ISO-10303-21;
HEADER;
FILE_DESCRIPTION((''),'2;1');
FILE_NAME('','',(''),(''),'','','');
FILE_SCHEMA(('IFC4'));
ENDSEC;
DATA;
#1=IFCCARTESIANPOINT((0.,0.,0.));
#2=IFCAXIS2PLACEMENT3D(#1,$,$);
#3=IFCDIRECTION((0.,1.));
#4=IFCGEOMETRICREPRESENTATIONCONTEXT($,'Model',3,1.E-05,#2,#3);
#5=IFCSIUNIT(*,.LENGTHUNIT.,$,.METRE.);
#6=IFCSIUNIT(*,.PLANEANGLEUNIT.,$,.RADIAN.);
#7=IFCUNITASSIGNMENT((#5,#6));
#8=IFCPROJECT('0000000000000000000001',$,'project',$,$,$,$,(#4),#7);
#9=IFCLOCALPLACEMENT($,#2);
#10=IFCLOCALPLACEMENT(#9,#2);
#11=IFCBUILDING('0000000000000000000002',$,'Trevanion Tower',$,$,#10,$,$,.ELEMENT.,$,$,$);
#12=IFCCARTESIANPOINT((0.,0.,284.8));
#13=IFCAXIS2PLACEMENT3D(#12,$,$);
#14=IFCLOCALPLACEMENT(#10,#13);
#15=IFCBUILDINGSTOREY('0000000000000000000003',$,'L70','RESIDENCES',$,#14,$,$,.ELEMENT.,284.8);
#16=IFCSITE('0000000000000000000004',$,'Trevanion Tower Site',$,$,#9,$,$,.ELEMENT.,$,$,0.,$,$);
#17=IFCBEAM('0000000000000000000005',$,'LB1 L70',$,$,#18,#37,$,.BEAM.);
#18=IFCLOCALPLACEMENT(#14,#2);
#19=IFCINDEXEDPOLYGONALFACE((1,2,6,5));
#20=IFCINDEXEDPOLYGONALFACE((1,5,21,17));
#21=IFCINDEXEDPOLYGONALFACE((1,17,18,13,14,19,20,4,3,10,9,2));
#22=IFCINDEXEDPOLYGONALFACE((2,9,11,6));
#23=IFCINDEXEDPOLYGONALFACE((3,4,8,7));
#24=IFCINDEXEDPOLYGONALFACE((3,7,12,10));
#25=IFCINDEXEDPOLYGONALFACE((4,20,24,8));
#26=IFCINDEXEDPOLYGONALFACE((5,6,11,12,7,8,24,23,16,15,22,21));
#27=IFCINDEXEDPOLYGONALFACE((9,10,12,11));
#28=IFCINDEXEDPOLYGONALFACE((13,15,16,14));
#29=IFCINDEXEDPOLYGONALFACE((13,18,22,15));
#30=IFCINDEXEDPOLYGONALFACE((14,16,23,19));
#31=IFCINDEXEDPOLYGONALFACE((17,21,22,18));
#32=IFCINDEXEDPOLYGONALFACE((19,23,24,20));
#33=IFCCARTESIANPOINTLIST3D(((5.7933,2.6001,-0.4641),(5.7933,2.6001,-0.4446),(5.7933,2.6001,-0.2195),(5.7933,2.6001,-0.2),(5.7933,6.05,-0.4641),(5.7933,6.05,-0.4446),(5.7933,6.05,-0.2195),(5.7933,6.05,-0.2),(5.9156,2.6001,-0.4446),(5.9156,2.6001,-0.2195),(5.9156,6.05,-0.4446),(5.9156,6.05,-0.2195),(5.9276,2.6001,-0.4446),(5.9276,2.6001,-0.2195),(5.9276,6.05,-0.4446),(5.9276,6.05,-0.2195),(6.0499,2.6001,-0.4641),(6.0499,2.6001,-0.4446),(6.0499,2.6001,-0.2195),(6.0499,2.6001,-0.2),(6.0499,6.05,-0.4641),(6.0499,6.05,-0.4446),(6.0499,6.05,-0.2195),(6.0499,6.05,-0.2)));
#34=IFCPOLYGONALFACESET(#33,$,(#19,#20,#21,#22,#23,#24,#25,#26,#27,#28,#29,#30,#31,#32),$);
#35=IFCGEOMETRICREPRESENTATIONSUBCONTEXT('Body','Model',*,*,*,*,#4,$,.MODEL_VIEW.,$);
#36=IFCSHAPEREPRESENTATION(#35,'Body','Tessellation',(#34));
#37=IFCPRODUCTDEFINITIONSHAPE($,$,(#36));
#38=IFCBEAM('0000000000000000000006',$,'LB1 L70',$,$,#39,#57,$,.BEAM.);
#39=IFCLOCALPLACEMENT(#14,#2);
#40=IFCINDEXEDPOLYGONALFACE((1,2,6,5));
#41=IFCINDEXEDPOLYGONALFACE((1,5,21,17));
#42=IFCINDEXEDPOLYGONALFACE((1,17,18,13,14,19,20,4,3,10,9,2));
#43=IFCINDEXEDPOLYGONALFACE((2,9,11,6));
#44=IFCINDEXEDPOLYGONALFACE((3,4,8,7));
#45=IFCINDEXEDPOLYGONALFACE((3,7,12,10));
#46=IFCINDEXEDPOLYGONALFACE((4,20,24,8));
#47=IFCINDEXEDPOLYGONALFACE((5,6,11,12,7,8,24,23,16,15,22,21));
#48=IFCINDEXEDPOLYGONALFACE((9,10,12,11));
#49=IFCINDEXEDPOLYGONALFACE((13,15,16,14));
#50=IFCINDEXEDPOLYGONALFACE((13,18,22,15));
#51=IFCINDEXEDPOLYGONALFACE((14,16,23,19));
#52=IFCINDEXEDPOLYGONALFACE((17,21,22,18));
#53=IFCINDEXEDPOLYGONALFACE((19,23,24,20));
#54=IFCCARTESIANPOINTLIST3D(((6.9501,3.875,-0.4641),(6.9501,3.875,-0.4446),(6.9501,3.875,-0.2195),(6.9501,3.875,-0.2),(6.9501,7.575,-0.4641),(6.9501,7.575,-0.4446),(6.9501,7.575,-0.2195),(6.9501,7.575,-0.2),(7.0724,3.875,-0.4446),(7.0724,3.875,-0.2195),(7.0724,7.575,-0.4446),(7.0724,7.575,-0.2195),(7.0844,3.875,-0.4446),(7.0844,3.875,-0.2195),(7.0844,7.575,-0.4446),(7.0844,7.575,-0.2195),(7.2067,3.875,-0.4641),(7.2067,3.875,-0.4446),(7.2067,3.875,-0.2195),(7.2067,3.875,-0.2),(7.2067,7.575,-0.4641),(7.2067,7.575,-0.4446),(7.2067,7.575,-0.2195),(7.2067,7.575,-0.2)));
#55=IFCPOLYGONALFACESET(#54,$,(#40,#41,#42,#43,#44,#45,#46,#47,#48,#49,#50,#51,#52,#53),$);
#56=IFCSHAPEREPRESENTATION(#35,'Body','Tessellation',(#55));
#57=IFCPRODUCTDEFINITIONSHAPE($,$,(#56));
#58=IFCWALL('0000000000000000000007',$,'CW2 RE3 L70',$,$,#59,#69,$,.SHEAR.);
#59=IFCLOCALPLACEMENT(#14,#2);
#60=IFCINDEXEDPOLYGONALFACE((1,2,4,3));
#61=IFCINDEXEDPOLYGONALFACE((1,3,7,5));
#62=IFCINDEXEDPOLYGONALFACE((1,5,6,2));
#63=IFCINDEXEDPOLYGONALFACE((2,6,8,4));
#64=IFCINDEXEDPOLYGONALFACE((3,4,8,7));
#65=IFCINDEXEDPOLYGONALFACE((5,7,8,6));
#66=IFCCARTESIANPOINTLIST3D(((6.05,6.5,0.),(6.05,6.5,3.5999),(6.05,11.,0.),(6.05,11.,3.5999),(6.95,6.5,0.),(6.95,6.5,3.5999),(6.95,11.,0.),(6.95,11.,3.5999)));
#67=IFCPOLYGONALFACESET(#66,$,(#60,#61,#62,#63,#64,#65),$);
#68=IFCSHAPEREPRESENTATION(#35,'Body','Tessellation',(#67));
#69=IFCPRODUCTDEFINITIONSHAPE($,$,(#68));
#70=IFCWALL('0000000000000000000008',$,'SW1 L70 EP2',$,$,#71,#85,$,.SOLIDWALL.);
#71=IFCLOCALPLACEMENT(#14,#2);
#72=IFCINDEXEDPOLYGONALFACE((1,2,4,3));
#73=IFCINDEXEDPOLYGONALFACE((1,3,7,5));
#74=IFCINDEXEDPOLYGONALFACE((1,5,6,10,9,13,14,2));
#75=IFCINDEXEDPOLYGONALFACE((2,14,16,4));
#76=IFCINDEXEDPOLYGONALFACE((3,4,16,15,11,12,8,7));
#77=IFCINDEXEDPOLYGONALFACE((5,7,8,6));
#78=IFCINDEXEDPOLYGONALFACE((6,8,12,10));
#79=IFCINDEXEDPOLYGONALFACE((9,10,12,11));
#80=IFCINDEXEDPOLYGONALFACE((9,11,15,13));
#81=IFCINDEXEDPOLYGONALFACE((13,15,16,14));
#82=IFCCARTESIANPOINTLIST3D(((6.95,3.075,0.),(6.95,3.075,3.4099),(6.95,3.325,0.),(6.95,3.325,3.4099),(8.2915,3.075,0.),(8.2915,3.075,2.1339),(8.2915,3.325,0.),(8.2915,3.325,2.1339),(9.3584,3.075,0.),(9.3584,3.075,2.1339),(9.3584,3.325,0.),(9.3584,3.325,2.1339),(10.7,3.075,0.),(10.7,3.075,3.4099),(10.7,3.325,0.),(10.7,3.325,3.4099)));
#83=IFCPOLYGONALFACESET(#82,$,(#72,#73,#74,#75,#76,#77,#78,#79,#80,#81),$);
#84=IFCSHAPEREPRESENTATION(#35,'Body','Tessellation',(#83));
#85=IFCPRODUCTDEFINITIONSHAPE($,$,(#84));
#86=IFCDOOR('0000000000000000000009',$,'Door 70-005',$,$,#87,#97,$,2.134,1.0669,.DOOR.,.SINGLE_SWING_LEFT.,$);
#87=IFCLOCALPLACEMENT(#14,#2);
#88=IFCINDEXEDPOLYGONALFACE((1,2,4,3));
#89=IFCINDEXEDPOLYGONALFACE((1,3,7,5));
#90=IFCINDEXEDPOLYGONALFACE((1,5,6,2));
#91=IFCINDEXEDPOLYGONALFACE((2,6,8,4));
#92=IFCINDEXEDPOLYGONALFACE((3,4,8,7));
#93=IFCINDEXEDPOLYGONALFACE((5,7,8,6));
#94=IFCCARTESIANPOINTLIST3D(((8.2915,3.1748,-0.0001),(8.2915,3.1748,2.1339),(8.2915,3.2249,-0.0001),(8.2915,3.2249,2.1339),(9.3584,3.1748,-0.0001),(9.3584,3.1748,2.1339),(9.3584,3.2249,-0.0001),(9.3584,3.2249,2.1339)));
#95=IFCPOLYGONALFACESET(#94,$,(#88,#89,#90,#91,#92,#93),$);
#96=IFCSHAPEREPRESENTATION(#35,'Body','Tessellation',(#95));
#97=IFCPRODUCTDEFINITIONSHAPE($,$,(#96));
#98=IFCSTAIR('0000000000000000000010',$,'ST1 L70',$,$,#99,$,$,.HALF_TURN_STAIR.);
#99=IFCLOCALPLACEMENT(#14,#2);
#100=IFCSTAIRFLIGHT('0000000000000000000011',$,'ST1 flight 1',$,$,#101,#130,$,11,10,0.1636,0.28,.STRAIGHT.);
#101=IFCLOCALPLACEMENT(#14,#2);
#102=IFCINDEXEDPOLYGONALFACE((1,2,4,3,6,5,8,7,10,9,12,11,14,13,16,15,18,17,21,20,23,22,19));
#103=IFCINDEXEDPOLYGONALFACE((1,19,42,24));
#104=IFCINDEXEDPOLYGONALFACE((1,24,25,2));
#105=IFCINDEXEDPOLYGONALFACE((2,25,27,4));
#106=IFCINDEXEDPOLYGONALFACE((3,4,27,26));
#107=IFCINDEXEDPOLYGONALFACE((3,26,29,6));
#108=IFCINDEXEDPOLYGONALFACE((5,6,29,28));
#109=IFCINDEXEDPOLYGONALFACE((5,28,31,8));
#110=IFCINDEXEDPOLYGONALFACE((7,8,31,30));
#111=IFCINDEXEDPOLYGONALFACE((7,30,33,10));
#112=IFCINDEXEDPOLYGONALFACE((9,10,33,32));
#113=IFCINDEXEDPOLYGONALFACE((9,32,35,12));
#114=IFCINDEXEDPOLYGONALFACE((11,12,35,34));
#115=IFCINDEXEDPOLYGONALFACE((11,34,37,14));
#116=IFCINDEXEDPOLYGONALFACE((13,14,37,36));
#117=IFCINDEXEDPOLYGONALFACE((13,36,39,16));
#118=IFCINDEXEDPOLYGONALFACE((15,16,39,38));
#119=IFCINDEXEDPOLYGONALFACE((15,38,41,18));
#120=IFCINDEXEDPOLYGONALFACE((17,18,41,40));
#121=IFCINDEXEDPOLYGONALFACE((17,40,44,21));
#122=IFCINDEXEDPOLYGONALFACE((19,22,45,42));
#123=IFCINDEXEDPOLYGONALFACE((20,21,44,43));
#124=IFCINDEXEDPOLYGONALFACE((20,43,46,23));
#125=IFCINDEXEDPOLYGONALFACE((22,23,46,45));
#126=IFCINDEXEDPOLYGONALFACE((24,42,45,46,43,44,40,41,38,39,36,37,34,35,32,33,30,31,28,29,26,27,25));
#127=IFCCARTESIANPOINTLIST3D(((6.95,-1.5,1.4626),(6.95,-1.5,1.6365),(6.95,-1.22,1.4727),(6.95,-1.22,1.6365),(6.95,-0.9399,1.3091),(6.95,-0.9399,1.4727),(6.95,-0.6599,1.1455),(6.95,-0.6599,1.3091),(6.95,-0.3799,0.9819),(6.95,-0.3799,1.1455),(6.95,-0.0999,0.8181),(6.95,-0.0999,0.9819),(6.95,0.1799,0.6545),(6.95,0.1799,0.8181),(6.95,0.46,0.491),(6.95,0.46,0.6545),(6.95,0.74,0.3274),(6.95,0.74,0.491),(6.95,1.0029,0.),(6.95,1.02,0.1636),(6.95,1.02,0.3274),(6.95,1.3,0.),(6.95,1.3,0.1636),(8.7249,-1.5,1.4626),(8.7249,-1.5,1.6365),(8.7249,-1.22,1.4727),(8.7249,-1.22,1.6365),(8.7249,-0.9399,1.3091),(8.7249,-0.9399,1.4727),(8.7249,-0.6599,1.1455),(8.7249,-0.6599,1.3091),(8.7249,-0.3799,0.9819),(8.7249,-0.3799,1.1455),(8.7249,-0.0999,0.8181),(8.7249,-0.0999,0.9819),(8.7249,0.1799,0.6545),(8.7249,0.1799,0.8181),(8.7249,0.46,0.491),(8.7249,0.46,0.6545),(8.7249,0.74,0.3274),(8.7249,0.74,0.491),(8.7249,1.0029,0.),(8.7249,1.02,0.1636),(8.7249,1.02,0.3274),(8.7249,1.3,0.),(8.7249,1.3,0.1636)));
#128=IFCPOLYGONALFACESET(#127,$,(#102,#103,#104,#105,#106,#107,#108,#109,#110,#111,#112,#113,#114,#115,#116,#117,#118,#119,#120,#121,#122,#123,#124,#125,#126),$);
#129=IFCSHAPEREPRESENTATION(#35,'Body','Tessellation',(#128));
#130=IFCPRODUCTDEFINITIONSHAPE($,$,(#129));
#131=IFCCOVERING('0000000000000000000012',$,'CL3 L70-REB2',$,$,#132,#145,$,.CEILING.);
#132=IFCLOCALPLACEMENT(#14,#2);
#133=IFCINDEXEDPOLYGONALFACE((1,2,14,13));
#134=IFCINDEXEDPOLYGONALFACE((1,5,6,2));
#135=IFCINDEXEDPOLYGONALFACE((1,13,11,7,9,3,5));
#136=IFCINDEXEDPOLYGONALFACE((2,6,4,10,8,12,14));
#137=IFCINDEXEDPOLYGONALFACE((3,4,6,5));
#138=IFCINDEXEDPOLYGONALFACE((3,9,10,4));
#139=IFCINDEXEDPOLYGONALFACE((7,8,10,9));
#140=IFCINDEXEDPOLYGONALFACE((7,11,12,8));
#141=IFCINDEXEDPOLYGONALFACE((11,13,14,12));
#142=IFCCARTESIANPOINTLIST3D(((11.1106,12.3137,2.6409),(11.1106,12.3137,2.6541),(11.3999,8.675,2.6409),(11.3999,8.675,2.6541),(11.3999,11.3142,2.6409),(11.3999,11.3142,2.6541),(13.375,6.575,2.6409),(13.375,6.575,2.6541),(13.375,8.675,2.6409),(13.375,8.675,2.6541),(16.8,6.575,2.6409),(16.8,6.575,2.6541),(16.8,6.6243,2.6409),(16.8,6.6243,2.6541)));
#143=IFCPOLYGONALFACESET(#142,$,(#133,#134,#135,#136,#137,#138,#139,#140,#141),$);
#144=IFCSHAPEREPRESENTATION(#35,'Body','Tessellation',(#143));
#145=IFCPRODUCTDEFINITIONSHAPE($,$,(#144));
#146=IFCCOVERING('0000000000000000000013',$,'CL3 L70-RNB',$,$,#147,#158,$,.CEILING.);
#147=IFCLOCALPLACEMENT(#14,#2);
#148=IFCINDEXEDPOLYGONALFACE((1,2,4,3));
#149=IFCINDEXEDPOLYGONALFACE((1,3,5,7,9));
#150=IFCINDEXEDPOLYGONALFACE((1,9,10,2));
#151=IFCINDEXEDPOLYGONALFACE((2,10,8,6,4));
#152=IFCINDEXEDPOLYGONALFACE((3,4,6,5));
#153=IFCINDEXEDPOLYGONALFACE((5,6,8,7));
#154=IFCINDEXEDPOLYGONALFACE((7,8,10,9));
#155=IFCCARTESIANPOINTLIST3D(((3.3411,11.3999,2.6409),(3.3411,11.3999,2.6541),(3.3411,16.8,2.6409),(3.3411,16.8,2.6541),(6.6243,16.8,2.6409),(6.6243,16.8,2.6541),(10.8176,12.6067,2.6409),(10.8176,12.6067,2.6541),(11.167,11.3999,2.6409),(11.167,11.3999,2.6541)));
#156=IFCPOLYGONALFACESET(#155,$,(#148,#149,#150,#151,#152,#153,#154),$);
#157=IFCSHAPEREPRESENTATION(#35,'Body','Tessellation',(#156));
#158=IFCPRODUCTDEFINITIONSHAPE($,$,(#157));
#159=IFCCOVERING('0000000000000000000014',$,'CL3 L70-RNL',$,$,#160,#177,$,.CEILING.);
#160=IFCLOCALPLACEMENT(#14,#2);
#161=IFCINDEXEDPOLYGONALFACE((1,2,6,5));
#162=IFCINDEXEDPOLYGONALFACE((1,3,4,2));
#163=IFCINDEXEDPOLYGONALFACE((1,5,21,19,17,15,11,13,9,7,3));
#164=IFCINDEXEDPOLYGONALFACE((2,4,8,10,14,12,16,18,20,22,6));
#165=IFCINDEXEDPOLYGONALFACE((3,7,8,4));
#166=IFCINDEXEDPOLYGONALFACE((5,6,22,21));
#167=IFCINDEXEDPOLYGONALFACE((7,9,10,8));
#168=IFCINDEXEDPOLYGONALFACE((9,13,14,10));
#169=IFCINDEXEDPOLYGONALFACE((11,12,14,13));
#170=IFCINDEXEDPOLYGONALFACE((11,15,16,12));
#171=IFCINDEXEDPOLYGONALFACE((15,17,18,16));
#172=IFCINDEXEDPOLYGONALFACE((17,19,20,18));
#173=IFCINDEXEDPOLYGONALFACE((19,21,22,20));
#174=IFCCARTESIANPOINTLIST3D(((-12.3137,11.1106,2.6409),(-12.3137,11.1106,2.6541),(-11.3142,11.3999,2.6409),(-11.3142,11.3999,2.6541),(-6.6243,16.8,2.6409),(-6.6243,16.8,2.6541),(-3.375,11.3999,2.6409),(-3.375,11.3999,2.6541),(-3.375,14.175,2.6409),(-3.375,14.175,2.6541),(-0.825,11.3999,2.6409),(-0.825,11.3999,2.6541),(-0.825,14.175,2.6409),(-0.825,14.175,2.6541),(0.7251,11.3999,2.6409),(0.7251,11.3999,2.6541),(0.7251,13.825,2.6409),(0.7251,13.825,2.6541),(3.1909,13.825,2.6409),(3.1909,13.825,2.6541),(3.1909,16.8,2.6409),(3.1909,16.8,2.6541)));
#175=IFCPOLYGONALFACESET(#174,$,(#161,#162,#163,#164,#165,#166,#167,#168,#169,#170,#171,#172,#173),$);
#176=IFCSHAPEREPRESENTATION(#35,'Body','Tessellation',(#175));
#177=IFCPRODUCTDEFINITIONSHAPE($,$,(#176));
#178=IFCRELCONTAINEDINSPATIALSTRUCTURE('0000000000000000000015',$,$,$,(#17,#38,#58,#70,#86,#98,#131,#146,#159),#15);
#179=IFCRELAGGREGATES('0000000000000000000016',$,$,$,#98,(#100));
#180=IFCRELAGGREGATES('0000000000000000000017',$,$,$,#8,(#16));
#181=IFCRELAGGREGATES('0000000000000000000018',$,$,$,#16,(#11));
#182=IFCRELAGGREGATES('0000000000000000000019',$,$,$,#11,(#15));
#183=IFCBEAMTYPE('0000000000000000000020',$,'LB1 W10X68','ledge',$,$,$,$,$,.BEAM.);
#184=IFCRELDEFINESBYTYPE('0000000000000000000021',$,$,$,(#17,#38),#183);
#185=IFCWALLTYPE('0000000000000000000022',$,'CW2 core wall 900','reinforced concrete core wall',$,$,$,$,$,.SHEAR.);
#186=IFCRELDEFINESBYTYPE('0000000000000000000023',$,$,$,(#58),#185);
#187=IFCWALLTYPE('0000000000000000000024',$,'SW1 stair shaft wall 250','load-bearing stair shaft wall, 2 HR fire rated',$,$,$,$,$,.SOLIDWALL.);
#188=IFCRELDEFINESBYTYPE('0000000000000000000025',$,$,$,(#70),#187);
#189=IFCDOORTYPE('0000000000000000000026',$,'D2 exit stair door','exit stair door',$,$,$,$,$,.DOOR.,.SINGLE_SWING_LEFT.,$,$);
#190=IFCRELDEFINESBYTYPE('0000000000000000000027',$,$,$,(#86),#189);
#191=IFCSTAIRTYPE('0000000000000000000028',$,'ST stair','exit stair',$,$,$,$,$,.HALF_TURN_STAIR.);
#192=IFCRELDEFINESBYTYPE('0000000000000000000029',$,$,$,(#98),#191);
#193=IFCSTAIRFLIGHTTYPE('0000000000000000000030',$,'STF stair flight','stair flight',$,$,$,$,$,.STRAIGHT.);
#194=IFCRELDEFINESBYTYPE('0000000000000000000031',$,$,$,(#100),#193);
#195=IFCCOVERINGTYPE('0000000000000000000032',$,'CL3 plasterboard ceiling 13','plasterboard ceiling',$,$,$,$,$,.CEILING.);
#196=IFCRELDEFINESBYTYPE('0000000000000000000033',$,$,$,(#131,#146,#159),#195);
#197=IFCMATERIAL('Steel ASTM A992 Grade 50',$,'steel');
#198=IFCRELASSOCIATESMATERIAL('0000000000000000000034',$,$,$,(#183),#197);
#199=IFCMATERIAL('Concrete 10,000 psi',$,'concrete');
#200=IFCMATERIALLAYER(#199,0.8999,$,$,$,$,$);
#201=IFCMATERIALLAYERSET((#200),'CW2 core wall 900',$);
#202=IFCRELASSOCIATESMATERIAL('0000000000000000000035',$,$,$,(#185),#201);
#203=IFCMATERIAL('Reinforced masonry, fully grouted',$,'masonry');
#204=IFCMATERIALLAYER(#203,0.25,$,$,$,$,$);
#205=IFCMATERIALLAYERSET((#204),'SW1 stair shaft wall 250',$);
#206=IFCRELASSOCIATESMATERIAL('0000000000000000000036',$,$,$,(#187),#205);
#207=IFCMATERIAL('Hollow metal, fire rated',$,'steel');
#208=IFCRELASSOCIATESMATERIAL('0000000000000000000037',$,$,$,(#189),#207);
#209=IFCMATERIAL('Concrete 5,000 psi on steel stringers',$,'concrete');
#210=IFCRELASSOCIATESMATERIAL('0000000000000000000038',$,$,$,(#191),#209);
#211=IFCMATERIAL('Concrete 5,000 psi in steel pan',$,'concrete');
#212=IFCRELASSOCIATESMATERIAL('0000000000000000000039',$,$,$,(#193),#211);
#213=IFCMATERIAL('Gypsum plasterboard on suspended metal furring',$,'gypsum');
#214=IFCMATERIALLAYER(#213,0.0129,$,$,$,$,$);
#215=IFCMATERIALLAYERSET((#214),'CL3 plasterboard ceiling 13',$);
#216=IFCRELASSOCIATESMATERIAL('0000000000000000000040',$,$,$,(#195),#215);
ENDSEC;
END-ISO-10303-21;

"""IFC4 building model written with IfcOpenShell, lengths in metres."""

from ifc_helpers import new_model, si_unit, direction, frame, frame_2d, origin, origin_2d, place, context, subcontext, project, spatial, polyline, rectangle, i_section, outline, extrude, material, layer, layer_set, material_profile, profile_set, type_object, element, fill, aggregate, save


model = new_model("IFC4")

# Units and contexts
model_context = context("Model", 3, precision=1e-05, world=origin(), true_north=direction((0.0, 1.0)))
body_context = subcontext(model_context, "Body", "Model", "MODEL_VIEW")
ifc_project = project(units=[si_unit("LENGTHUNIT", "METRE"), si_unit("PLANEANGLEUNIT", "RADIAN")], contexts=[model_context])

# Site, building, storey
site_placement = place(None, origin())
site = spatial("IfcSite", under=ifc_project, at=site_placement, Name="Trevanion Tower Site", CompositionType="ELEMENT", RefElevation=0.0)
building_placement = place(site_placement, origin())
building = spatial("IfcBuilding", under=site, at=building_placement, Name="Trevanion Tower", CompositionType="ELEMENT")
storey_placement = place(building_placement, frame((0.0, 0.0, 284.8)))
storey = spatial("IfcBuildingStorey", under=building, at=storey_placement, Name="L70", Description="RESIDENCES", CompositionType="ELEMENT", Elevation=284.8)

# Beams
ifc_material_1 = material(Name="Steel ASTM A992 Grade 50", Category="steel")
ifc_material_profile = material_profile(ifc_material_1, i_section(OverallWidth=0.2566, OverallDepth=0.2642, WebThickness=0.012, FlangeThickness=0.0195, at=origin_2d()), Name="W10X68")
ifc_profile_set = profile_set([ifc_material_profile], Name="Steel ASTM A992 Grade 50")
beam_type = type_object("IfcBeamType", Name="LB1 W10X68", Description="ledge", PredefinedType="BEAM", material=ifc_profile_set)
beam_1_placement = place(storey_placement, frame((5.9216, 2.6001, -0.332), z_axis=(0.0, 1.0, 0.0), x_axis=(-1.0, 0.0, 0.0)))
element("IfcBeam", 1, at=beam_1_placement, inside=storey, type_object=beam_type, Name="LB1 L70", PredefinedType="BEAM", context=body_context, shape_type="SweptSolid", body=[
    extrude(i_section(OverallWidth=0.2566, OverallDepth=0.2642, WebThickness=0.012, FlangeThickness=0.0195, at=origin_2d()), origin(), (0.0, 0.0, 1.0), 3.45),
])
beam_2_placement = place(storey_placement, frame((7.0784, 3.875, -0.332), z_axis=(0.0, 1.0, 0.0), x_axis=(-1.0, 0.0, 0.0)))
element("IfcBeam", 2, at=beam_2_placement, inside=storey, type_object=beam_type, Name="LB1 L70", PredefinedType="BEAM", context=body_context, shape_type="SweptSolid", body=[
    extrude(i_section(OverallWidth=0.2566, OverallDepth=0.2642, WebThickness=0.012, FlangeThickness=0.0195, at=origin_2d()), origin(), (0.0, 0.0, 1.0), 3.7),
])

# Wall
ifc_material_2 = material(Name="Concrete 10,000 psi", Category="concrete")
ifc_layer_1 = layer(ifc_material_2, 0.8999)
ifc_layer_set_1 = layer_set([ifc_layer_1], Name="CW2 core wall 900")
wall_type_1 = type_object("IfcWallType", Name="CW2 core wall 900", Description="reinforced concrete core wall", PredefinedType="SHEAR", material=ifc_layer_set_1)
wall_1_placement = place(storey_placement, frame((6.5, 6.5, 0.0), z_axis=(0.0, 0.0, 1.0), x_axis=(0.0, 1.0, 0.0)))
element("IfcWall", 3, at=wall_1_placement, inside=storey, type_object=wall_type_1, Name="CW2 RE3 L70", PredefinedType="SHEAR", context=body_context, shape_type="SweptSolid", body=[
    extrude(rectangle(XDim=4.5, YDim=0.8999, at=frame_2d((2.25, 0.0))), origin(), (0.0, 0.0, 1.0), 3.5999),
])

# Wall, opening, door
ifc_material_3 = material(Name="Reinforced masonry, fully grouted", Category="masonry")
ifc_layer_2 = layer(ifc_material_3, 0.25)
ifc_layer_set_2 = layer_set([ifc_layer_2], Name="SW1 stair shaft wall 250")
wall_type_2 = type_object("IfcWallType", Name="SW1 stair shaft wall 250", Description="load-bearing stair shaft wall, 2 HR fire rated", PredefinedType="SOLIDWALL", material=ifc_layer_set_2)
wall_2_placement = place(storey_placement, frame((6.95, 3.2, 0.0), z_axis=(0.0, 0.0, 1.0), x_axis=(1.0, 0.0, 0.0)))
wall_2 = element("IfcWall", 4, at=wall_2_placement, inside=storey, type_object=wall_type_2, Name="SW1 L70 EP2", PredefinedType="SOLIDWALL", context=body_context, shape_type="SweptSolid", body=[
    extrude(rectangle(XDim=3.75, YDim=0.25, at=frame_2d((1.875, 0.0))), origin(), (0.0, 0.0, 1.0), 3.4099),
])
opening_placement = place(wall_2_placement, frame((1.3416, 0.0, 0.0)))
opening = element("IfcOpeningElement", 5, at=opening_placement, cuts=wall_2, PredefinedType="OPENING", context=body_context, shape_type="SweptSolid", body=[
    extrude(rectangle(XDim=1.0669, YDim=2.134, at=frame_2d((0.5334, 1.0669))), frame((0.0, 0.135, 0.0), z_axis=(0.0, -1.0, 0.0), x_axis=(1.0, 0.0, 0.0)), (0.0, 0.0, 1.0), 0.27),
])
ifc_material_4 = material(Name="Hollow metal, fire rated", Category="steel")
door_type = type_object("IfcDoorType", Name="D2 exit stair door", Description="exit stair door", OperationType="SINGLE_SWING_LEFT", PredefinedType="DOOR", material=ifc_material_4)
door_placement = place(opening_placement, origin())
door = element("IfcDoor", 6, at=door_placement, inside=storey, type_object=door_type, Name="Door 70-005", OperationType="SINGLE_SWING_LEFT", OverallHeight=2.134, OverallWidth=1.0669, PredefinedType="DOOR", context=body_context, shape_type="SweptSolid", body=[
    extrude(rectangle(XDim=1.0669, YDim=2.134, at=frame_2d((0.5334, 1.0669))), frame((0.0, 0.0249, 0.0), z_axis=(0.0, -1.0, 0.0), x_axis=(1.0, 0.0, 0.0)), (0.0, 0.0, 1.0), 0.05),
])
fill(opening, door)

# Stair, stair flight
ifc_material_5 = material(Name="Concrete 5,000 psi on steel stringers", Category="concrete")
stair_type = type_object("IfcStairType", Name="ST stair", Description="exit stair", PredefinedType="HALF_TURN_STAIR", material=ifc_material_5)
stair_placement = place(storey_placement, origin())
stair = element("IfcStair", 7, at=stair_placement, inside=storey, type_object=stair_type, Name="ST1 L70", PredefinedType="HALF_TURN_STAIR")
ifc_material_6 = material(Name="Concrete 5,000 psi in steel pan", Category="concrete")
stair_flight_type = type_object("IfcStairFlightType", Name="STF stair flight", Description="stair flight", PredefinedType="STRAIGHT", material=ifc_material_6)
stair_flight_placement = place(storey_placement, frame((7.8374, 1.3, 0.0), z_axis=(0.0, 0.0, 1.0), x_axis=(0.0, -1.0, 0.0)))
stair_flight = element("IfcStairFlight", 8, at=stair_flight_placement, type_object=stair_flight_type, Name="ST1 flight 1", NumberOfRisers=11, NumberOfTreads=10, PredefinedType="STRAIGHT", RiserHeight=0.1636, TreadLength=0.28, context=body_context, shape_type="SweptSolid", body=[
    extrude(outline(polyline([(0.0, 0.0), (0.0, 0.1636), (0.28, 0.1636), (0.28, 0.3274), (0.5601, 0.3274), (0.5601, 0.491), (0.8401, 0.491), (0.8401, 0.6545), (1.1201, 0.6545), (1.1201, 0.8181), (1.3999, 0.8181), (1.3999, 0.9819), (1.6799, 0.9819), (1.6799, 1.1455), (1.96, 1.1455), (1.96, 1.3091), (2.24, 1.3091), (2.24, 1.4727), (2.52, 1.4727), (2.52, 1.6365), (2.8, 1.6365), (2.8, 1.8), (2.8, 1.4626), (0.2971, 0.0), (0.0, 0.0)])), frame((0.0, 0.8875, 0.0), z_axis=(0.0, -1.0, 0.0), x_axis=(1.0, 0.0, 0.0)), (0.0, 0.0, 1.0), 1.7749),
])
aggregate(stair, [stair_flight])

# Coverings
ifc_material_7 = material(Name="Gypsum plasterboard on suspended metal furring", Category="gypsum")
ifc_layer_3 = layer(ifc_material_7, 0.0129)
ifc_layer_set_3 = layer_set([ifc_layer_3], Name="CL3 plasterboard ceiling 13")
covering_type_1 = type_object("IfcCoveringType", Name="CL3 plasterboard ceiling 13", Description="plasterboard ceiling", PredefinedType="CEILING", material=ifc_layer_set_3)
covering_1_placement = place(storey_placement, frame((0.0, 0.0, 2.6409)))
element("IfcCovering", 9, at=covering_1_placement, inside=storey, type_object=covering_type_1, Name="CL3 L70-REB2", PredefinedType="CEILING", context=body_context, shape_type="SweptSolid", body=[
    extrude(outline(polyline([(13.375, 6.575), (13.375, 8.675), (11.3999, 8.675), (11.3999, 11.3142), (11.1106, 12.3137), (16.8, 6.6243), (16.8, 6.575), (13.375, 6.575)])), origin(), (0.0, 0.0, 1.0), 0.0132),
])
covering_2_placement = place(storey_placement, frame((0.0, 0.0, 2.6409)))
element("IfcCovering", 10, at=covering_2_placement, inside=storey, type_object=covering_type_1, Name="CL3 L70-RNB", PredefinedType="CEILING", context=body_context, shape_type="SweptSolid", body=[
    extrude(outline(polyline([(10.8176, 12.6067), (11.167, 11.3999), (3.3411, 11.3999), (3.3411, 16.8), (6.6243, 16.8), (10.8176, 12.6067)])), origin(), (0.0, 0.0, 1.0), 0.0132),
])
covering_3_placement = place(storey_placement, frame((0.0, 0.0, 2.6409)))
element("IfcCovering", 11, at=covering_3_placement, inside=storey, type_object=covering_type_1, Name="CL3 L70-RNL", PredefinedType="CEILING", context=body_context, shape_type="SweptSolid", body=[
    extrude(outline(polyline([(3.1909, 13.825), (0.7251, 13.825), (0.7251, 11.3999), (-0.825, 11.3999), (-0.825, 14.175), (-3.375, 14.175), (-3.375, 11.3999), (-11.3142, 11.3999), (-12.3137, 11.1106), (-6.6243, 16.8), (3.1909, 16.8), (3.1909, 13.825)])), origin(), (0.0, 0.0, 1.0), 0.0132),
])

save(model, "model.ifc")
